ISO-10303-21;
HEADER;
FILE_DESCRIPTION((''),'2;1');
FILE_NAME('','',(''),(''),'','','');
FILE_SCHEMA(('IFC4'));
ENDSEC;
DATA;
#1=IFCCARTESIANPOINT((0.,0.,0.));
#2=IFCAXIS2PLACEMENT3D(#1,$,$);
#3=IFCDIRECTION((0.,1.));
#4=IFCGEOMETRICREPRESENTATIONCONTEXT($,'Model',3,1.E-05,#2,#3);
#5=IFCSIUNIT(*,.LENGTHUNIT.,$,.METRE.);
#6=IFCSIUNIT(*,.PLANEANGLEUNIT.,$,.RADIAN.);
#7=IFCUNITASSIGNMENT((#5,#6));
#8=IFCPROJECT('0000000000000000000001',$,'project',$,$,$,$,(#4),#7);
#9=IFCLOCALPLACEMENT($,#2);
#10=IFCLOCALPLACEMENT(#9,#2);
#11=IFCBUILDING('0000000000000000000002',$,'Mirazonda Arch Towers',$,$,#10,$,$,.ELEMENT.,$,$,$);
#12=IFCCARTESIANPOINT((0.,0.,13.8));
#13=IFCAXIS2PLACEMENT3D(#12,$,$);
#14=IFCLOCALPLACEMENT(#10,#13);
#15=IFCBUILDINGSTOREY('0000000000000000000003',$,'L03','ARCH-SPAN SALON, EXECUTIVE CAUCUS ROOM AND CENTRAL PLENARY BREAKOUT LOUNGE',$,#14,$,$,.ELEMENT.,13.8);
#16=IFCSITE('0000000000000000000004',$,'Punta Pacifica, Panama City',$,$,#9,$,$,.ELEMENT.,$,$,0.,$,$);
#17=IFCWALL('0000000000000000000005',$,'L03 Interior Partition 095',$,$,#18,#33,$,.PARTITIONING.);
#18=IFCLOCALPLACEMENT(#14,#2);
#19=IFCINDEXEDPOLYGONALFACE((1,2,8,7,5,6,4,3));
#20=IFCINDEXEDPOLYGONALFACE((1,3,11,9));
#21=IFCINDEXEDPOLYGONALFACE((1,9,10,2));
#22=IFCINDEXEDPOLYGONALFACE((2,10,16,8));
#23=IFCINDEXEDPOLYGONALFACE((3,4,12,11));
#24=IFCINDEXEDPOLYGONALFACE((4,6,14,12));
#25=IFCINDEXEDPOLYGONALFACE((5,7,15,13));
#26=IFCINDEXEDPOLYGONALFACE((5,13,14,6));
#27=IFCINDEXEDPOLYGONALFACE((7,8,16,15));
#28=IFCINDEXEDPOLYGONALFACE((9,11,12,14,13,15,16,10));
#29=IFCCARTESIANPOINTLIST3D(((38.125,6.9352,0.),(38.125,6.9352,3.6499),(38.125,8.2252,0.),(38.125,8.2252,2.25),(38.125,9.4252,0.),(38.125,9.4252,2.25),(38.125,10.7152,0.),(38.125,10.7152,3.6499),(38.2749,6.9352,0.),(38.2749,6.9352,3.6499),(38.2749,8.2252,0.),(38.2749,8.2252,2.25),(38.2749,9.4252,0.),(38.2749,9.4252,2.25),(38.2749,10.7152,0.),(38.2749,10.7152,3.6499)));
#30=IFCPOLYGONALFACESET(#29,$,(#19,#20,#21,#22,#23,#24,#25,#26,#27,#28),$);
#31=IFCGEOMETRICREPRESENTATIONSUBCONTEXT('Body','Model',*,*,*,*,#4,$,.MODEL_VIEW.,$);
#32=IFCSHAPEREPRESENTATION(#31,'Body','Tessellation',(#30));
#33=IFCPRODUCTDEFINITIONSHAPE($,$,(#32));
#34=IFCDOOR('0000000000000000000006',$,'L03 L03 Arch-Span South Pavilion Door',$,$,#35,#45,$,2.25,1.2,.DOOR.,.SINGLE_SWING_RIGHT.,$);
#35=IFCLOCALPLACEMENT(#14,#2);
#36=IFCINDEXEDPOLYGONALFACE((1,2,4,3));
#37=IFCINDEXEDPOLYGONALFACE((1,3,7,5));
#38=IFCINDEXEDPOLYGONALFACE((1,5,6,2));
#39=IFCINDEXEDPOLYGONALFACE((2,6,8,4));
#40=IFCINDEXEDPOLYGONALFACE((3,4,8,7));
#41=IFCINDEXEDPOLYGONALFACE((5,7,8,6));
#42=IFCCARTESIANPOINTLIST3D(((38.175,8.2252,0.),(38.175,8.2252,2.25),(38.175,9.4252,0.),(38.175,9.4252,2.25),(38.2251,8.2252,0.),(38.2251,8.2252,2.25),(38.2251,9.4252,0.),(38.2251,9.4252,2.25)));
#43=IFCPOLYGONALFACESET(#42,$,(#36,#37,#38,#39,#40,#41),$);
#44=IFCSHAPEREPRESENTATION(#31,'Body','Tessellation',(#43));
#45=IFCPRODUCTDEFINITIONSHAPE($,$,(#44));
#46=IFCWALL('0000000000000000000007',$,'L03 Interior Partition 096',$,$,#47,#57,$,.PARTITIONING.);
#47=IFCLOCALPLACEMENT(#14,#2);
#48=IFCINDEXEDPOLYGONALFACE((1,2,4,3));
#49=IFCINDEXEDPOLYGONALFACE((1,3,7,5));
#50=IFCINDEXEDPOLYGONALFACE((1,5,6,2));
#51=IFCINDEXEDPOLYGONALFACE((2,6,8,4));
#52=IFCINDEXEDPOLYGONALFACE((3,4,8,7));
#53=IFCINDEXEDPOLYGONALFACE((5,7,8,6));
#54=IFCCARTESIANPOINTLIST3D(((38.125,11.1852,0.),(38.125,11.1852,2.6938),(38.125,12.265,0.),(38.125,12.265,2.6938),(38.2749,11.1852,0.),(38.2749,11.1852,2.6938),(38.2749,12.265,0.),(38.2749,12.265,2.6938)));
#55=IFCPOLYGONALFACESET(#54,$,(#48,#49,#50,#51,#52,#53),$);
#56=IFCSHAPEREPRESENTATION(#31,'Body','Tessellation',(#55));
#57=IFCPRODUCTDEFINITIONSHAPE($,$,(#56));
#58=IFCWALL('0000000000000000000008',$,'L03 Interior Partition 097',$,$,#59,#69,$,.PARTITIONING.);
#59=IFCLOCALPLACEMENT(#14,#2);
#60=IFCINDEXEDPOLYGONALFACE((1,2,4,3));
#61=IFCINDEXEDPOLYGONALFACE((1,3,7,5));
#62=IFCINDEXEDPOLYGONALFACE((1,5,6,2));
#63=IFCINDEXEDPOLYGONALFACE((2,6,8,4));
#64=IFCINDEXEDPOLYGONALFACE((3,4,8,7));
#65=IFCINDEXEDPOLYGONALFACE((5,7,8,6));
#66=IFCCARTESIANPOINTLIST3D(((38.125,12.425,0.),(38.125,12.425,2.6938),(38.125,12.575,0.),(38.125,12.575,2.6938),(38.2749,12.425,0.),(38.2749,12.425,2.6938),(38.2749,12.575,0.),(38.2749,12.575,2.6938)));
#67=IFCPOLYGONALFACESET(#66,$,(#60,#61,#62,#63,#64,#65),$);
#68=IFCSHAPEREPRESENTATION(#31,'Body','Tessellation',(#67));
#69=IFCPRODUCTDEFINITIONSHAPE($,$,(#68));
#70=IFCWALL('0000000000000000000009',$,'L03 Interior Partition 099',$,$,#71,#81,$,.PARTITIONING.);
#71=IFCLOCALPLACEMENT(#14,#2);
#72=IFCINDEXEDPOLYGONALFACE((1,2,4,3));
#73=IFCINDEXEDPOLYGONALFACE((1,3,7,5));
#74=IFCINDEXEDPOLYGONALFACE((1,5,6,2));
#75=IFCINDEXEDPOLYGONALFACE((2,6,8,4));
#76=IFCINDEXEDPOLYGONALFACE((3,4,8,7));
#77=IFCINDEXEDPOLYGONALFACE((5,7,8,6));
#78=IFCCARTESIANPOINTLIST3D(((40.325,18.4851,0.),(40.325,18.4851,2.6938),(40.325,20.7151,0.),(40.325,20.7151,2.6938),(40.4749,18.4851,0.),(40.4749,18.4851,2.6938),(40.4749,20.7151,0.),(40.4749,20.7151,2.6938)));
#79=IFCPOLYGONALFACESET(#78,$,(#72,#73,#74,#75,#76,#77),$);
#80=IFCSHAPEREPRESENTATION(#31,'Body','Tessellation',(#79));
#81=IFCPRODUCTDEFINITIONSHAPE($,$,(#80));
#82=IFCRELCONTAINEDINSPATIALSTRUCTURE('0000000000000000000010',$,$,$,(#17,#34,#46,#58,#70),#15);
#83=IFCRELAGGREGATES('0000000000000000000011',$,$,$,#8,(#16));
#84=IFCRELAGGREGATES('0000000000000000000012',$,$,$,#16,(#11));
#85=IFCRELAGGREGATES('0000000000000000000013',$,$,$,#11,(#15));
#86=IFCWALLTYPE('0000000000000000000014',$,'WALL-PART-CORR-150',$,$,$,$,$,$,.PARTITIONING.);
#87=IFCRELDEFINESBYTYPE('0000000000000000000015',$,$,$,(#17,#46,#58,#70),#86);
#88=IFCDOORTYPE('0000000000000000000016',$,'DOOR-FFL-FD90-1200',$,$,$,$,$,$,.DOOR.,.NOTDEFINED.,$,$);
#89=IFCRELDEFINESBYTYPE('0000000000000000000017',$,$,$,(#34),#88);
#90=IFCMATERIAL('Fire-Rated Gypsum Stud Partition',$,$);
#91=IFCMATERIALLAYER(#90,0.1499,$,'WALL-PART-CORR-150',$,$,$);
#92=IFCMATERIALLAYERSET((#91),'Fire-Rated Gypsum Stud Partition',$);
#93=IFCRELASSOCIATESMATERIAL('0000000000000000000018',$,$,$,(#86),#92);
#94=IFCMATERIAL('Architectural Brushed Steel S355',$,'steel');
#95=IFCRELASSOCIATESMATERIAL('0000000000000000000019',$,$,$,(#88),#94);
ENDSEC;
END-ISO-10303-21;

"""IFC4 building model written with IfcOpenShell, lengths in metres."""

from ifc_helpers import new_model, si_unit, direction, frame, frame_2d, origin, place, context, subcontext, project, spatial, rectangle, extrude, material, layer, layer_set, type_object, element, fill, save


model = new_model("IFC4")

# Units and contexts
model_context = context("Model", 3, precision=1e-05, world=origin(), true_north=direction((0.0, 1.0)))
body_context = subcontext(model_context, "Body", "Model", "MODEL_VIEW")
ifc_project = project(units=[si_unit("LENGTHUNIT", "METRE"), si_unit("PLANEANGLEUNIT", "RADIAN")], contexts=[model_context])

# Site, building, storey
site_placement = place(None, origin())
site = spatial("IfcSite", under=ifc_project, at=site_placement, Name="Punta Pacifica, Panama City", CompositionType="ELEMENT", RefElevation=0.0)
building_placement = place(site_placement, origin())
building = spatial("IfcBuilding", under=site, at=building_placement, Name="Mirazonda Arch Towers", CompositionType="ELEMENT")
storey_placement = place(building_placement, frame((0.0, 0.0, 13.8)))
storey = spatial("IfcBuildingStorey", under=building, at=storey_placement, Name="L03", Description="ARCH-SPAN SALON, EXECUTIVE CAUCUS ROOM AND CENTRAL PLENARY BREAKOUT LOUNGE", CompositionType="ELEMENT", Elevation=13.8)

# Shared definitions
ifc_material_1 = material(Name="Fire-Rated Gypsum Stud Partition")
ifc_layer_1 = layer(ifc_material_1, 0.1499, Name="WALL-PART-CORR-150")
ifc_layer_set_1 = layer_set([ifc_layer_1], Name="Fire-Rated Gypsum Stud Partition")
wall_type = type_object("IfcWallType", Name="WALL-PART-CORR-150", PredefinedType="PARTITIONING", material=ifc_layer_set_1)

# Wall, opening, door
wall_1_placement = place(storey_placement, frame((38.2, 6.9351, 0.0), z_axis=(0.0, 0.0, 1.0), x_axis=(0.0, 1.0, 0.0)))
wall_1 = element("IfcWall", 1, at=wall_1_placement, inside=storey, type_object=wall_type, Name="L03 Interior Partition 095", PredefinedType="PARTITIONING", context=body_context, shape_type="SweptSolid", body=[
    extrude(rectangle(XDim=3.78, YDim=0.1499, at=frame_2d((1.8901, 0.0))), origin(), (0.0, 0.0, 1.0), 3.6499),
])
opening_placement = place(wall_1_placement, frame((1.29, 0.0, 0.0)))
opening = element("IfcOpeningElement", 2, at=opening_placement, cuts=wall_1, PredefinedType="OPENING", context=body_context, shape_type="SweptSolid", body=[
    extrude(rectangle(XDim=1.2, YDim=2.25, at=frame_2d((0.6001, 1.125))), frame((0.0, 0.085, 0.0), z_axis=(0.0, -1.0, 0.0), x_axis=(1.0, 0.0, 0.0)), (0.0, 0.0, 1.0), 0.1699),
])
ifc_material_2 = material(Name="Architectural Brushed Steel S355", Category="steel")
door_type = type_object("IfcDoorType", Name="DOOR-FFL-FD90-1200", OperationType="NOTDEFINED", PredefinedType="DOOR", material=ifc_material_2)
door_placement = place(opening_placement, origin())
door = element("IfcDoor", 3, at=door_placement, inside=storey, type_object=door_type, Name="L03 L03 Arch-Span South Pavilion Door", OperationType="SINGLE_SWING_RIGHT", OverallHeight=2.25, OverallWidth=1.2, PredefinedType="DOOR", context=body_context, shape_type="SweptSolid", body=[
    extrude(rectangle(XDim=1.2, YDim=2.25, at=frame_2d((0.6001, 1.125))), frame((0.0, 0.0249, 0.0), z_axis=(0.0, -1.0, 0.0), x_axis=(1.0, 0.0, 0.0)), (0.0, 0.0, 1.0), 0.05),
])
fill(opening, door)

# Walls
wall_2_placement = place(storey_placement, frame((38.2, 11.1851, 0.0), z_axis=(0.0, 0.0, 1.0), x_axis=(0.0, 1.0, 0.0)))
element("IfcWall", 4, at=wall_2_placement, inside=storey, type_object=wall_type, Name="L03 Interior Partition 096", PredefinedType="PARTITIONING", context=body_context, shape_type="SweptSolid", body=[
    extrude(rectangle(XDim=1.0798, YDim=0.1499, at=frame_2d((0.54, 0.0))), origin(), (0.0, 0.0, 1.0), 2.6938),
])
wall_3_placement = place(storey_placement, frame((38.2, 12.425, 0.0), z_axis=(0.0, 0.0, 1.0), x_axis=(0.0, 1.0, 0.0)))
element("IfcWall", 5, at=wall_3_placement, inside=storey, type_object=wall_type, Name="L03 Interior Partition 097", PredefinedType="PARTITIONING", context=body_context, shape_type="SweptSolid", body=[
    extrude(rectangle(XDim=0.1499, YDim=0.1499, at=frame_2d((0.075, 0.0))), origin(), (0.0, 0.0, 1.0), 2.6938),
])
wall_4_placement = place(storey_placement, frame((40.3999, 18.4851, 0.0), z_axis=(0.0, 0.0, 1.0), x_axis=(0.0, 1.0, 0.0)))
element("IfcWall", 6, at=wall_4_placement, inside=storey, type_object=wall_type, Name="L03 Interior Partition 099", PredefinedType="PARTITIONING", context=body_context, shape_type="SweptSolid", body=[
    extrude(rectangle(XDim=2.23, YDim=0.1499, at=frame_2d((1.115, 0.0))), origin(), (0.0, 0.0, 1.0), 2.6938),
])

save(model, "model.ifc")
